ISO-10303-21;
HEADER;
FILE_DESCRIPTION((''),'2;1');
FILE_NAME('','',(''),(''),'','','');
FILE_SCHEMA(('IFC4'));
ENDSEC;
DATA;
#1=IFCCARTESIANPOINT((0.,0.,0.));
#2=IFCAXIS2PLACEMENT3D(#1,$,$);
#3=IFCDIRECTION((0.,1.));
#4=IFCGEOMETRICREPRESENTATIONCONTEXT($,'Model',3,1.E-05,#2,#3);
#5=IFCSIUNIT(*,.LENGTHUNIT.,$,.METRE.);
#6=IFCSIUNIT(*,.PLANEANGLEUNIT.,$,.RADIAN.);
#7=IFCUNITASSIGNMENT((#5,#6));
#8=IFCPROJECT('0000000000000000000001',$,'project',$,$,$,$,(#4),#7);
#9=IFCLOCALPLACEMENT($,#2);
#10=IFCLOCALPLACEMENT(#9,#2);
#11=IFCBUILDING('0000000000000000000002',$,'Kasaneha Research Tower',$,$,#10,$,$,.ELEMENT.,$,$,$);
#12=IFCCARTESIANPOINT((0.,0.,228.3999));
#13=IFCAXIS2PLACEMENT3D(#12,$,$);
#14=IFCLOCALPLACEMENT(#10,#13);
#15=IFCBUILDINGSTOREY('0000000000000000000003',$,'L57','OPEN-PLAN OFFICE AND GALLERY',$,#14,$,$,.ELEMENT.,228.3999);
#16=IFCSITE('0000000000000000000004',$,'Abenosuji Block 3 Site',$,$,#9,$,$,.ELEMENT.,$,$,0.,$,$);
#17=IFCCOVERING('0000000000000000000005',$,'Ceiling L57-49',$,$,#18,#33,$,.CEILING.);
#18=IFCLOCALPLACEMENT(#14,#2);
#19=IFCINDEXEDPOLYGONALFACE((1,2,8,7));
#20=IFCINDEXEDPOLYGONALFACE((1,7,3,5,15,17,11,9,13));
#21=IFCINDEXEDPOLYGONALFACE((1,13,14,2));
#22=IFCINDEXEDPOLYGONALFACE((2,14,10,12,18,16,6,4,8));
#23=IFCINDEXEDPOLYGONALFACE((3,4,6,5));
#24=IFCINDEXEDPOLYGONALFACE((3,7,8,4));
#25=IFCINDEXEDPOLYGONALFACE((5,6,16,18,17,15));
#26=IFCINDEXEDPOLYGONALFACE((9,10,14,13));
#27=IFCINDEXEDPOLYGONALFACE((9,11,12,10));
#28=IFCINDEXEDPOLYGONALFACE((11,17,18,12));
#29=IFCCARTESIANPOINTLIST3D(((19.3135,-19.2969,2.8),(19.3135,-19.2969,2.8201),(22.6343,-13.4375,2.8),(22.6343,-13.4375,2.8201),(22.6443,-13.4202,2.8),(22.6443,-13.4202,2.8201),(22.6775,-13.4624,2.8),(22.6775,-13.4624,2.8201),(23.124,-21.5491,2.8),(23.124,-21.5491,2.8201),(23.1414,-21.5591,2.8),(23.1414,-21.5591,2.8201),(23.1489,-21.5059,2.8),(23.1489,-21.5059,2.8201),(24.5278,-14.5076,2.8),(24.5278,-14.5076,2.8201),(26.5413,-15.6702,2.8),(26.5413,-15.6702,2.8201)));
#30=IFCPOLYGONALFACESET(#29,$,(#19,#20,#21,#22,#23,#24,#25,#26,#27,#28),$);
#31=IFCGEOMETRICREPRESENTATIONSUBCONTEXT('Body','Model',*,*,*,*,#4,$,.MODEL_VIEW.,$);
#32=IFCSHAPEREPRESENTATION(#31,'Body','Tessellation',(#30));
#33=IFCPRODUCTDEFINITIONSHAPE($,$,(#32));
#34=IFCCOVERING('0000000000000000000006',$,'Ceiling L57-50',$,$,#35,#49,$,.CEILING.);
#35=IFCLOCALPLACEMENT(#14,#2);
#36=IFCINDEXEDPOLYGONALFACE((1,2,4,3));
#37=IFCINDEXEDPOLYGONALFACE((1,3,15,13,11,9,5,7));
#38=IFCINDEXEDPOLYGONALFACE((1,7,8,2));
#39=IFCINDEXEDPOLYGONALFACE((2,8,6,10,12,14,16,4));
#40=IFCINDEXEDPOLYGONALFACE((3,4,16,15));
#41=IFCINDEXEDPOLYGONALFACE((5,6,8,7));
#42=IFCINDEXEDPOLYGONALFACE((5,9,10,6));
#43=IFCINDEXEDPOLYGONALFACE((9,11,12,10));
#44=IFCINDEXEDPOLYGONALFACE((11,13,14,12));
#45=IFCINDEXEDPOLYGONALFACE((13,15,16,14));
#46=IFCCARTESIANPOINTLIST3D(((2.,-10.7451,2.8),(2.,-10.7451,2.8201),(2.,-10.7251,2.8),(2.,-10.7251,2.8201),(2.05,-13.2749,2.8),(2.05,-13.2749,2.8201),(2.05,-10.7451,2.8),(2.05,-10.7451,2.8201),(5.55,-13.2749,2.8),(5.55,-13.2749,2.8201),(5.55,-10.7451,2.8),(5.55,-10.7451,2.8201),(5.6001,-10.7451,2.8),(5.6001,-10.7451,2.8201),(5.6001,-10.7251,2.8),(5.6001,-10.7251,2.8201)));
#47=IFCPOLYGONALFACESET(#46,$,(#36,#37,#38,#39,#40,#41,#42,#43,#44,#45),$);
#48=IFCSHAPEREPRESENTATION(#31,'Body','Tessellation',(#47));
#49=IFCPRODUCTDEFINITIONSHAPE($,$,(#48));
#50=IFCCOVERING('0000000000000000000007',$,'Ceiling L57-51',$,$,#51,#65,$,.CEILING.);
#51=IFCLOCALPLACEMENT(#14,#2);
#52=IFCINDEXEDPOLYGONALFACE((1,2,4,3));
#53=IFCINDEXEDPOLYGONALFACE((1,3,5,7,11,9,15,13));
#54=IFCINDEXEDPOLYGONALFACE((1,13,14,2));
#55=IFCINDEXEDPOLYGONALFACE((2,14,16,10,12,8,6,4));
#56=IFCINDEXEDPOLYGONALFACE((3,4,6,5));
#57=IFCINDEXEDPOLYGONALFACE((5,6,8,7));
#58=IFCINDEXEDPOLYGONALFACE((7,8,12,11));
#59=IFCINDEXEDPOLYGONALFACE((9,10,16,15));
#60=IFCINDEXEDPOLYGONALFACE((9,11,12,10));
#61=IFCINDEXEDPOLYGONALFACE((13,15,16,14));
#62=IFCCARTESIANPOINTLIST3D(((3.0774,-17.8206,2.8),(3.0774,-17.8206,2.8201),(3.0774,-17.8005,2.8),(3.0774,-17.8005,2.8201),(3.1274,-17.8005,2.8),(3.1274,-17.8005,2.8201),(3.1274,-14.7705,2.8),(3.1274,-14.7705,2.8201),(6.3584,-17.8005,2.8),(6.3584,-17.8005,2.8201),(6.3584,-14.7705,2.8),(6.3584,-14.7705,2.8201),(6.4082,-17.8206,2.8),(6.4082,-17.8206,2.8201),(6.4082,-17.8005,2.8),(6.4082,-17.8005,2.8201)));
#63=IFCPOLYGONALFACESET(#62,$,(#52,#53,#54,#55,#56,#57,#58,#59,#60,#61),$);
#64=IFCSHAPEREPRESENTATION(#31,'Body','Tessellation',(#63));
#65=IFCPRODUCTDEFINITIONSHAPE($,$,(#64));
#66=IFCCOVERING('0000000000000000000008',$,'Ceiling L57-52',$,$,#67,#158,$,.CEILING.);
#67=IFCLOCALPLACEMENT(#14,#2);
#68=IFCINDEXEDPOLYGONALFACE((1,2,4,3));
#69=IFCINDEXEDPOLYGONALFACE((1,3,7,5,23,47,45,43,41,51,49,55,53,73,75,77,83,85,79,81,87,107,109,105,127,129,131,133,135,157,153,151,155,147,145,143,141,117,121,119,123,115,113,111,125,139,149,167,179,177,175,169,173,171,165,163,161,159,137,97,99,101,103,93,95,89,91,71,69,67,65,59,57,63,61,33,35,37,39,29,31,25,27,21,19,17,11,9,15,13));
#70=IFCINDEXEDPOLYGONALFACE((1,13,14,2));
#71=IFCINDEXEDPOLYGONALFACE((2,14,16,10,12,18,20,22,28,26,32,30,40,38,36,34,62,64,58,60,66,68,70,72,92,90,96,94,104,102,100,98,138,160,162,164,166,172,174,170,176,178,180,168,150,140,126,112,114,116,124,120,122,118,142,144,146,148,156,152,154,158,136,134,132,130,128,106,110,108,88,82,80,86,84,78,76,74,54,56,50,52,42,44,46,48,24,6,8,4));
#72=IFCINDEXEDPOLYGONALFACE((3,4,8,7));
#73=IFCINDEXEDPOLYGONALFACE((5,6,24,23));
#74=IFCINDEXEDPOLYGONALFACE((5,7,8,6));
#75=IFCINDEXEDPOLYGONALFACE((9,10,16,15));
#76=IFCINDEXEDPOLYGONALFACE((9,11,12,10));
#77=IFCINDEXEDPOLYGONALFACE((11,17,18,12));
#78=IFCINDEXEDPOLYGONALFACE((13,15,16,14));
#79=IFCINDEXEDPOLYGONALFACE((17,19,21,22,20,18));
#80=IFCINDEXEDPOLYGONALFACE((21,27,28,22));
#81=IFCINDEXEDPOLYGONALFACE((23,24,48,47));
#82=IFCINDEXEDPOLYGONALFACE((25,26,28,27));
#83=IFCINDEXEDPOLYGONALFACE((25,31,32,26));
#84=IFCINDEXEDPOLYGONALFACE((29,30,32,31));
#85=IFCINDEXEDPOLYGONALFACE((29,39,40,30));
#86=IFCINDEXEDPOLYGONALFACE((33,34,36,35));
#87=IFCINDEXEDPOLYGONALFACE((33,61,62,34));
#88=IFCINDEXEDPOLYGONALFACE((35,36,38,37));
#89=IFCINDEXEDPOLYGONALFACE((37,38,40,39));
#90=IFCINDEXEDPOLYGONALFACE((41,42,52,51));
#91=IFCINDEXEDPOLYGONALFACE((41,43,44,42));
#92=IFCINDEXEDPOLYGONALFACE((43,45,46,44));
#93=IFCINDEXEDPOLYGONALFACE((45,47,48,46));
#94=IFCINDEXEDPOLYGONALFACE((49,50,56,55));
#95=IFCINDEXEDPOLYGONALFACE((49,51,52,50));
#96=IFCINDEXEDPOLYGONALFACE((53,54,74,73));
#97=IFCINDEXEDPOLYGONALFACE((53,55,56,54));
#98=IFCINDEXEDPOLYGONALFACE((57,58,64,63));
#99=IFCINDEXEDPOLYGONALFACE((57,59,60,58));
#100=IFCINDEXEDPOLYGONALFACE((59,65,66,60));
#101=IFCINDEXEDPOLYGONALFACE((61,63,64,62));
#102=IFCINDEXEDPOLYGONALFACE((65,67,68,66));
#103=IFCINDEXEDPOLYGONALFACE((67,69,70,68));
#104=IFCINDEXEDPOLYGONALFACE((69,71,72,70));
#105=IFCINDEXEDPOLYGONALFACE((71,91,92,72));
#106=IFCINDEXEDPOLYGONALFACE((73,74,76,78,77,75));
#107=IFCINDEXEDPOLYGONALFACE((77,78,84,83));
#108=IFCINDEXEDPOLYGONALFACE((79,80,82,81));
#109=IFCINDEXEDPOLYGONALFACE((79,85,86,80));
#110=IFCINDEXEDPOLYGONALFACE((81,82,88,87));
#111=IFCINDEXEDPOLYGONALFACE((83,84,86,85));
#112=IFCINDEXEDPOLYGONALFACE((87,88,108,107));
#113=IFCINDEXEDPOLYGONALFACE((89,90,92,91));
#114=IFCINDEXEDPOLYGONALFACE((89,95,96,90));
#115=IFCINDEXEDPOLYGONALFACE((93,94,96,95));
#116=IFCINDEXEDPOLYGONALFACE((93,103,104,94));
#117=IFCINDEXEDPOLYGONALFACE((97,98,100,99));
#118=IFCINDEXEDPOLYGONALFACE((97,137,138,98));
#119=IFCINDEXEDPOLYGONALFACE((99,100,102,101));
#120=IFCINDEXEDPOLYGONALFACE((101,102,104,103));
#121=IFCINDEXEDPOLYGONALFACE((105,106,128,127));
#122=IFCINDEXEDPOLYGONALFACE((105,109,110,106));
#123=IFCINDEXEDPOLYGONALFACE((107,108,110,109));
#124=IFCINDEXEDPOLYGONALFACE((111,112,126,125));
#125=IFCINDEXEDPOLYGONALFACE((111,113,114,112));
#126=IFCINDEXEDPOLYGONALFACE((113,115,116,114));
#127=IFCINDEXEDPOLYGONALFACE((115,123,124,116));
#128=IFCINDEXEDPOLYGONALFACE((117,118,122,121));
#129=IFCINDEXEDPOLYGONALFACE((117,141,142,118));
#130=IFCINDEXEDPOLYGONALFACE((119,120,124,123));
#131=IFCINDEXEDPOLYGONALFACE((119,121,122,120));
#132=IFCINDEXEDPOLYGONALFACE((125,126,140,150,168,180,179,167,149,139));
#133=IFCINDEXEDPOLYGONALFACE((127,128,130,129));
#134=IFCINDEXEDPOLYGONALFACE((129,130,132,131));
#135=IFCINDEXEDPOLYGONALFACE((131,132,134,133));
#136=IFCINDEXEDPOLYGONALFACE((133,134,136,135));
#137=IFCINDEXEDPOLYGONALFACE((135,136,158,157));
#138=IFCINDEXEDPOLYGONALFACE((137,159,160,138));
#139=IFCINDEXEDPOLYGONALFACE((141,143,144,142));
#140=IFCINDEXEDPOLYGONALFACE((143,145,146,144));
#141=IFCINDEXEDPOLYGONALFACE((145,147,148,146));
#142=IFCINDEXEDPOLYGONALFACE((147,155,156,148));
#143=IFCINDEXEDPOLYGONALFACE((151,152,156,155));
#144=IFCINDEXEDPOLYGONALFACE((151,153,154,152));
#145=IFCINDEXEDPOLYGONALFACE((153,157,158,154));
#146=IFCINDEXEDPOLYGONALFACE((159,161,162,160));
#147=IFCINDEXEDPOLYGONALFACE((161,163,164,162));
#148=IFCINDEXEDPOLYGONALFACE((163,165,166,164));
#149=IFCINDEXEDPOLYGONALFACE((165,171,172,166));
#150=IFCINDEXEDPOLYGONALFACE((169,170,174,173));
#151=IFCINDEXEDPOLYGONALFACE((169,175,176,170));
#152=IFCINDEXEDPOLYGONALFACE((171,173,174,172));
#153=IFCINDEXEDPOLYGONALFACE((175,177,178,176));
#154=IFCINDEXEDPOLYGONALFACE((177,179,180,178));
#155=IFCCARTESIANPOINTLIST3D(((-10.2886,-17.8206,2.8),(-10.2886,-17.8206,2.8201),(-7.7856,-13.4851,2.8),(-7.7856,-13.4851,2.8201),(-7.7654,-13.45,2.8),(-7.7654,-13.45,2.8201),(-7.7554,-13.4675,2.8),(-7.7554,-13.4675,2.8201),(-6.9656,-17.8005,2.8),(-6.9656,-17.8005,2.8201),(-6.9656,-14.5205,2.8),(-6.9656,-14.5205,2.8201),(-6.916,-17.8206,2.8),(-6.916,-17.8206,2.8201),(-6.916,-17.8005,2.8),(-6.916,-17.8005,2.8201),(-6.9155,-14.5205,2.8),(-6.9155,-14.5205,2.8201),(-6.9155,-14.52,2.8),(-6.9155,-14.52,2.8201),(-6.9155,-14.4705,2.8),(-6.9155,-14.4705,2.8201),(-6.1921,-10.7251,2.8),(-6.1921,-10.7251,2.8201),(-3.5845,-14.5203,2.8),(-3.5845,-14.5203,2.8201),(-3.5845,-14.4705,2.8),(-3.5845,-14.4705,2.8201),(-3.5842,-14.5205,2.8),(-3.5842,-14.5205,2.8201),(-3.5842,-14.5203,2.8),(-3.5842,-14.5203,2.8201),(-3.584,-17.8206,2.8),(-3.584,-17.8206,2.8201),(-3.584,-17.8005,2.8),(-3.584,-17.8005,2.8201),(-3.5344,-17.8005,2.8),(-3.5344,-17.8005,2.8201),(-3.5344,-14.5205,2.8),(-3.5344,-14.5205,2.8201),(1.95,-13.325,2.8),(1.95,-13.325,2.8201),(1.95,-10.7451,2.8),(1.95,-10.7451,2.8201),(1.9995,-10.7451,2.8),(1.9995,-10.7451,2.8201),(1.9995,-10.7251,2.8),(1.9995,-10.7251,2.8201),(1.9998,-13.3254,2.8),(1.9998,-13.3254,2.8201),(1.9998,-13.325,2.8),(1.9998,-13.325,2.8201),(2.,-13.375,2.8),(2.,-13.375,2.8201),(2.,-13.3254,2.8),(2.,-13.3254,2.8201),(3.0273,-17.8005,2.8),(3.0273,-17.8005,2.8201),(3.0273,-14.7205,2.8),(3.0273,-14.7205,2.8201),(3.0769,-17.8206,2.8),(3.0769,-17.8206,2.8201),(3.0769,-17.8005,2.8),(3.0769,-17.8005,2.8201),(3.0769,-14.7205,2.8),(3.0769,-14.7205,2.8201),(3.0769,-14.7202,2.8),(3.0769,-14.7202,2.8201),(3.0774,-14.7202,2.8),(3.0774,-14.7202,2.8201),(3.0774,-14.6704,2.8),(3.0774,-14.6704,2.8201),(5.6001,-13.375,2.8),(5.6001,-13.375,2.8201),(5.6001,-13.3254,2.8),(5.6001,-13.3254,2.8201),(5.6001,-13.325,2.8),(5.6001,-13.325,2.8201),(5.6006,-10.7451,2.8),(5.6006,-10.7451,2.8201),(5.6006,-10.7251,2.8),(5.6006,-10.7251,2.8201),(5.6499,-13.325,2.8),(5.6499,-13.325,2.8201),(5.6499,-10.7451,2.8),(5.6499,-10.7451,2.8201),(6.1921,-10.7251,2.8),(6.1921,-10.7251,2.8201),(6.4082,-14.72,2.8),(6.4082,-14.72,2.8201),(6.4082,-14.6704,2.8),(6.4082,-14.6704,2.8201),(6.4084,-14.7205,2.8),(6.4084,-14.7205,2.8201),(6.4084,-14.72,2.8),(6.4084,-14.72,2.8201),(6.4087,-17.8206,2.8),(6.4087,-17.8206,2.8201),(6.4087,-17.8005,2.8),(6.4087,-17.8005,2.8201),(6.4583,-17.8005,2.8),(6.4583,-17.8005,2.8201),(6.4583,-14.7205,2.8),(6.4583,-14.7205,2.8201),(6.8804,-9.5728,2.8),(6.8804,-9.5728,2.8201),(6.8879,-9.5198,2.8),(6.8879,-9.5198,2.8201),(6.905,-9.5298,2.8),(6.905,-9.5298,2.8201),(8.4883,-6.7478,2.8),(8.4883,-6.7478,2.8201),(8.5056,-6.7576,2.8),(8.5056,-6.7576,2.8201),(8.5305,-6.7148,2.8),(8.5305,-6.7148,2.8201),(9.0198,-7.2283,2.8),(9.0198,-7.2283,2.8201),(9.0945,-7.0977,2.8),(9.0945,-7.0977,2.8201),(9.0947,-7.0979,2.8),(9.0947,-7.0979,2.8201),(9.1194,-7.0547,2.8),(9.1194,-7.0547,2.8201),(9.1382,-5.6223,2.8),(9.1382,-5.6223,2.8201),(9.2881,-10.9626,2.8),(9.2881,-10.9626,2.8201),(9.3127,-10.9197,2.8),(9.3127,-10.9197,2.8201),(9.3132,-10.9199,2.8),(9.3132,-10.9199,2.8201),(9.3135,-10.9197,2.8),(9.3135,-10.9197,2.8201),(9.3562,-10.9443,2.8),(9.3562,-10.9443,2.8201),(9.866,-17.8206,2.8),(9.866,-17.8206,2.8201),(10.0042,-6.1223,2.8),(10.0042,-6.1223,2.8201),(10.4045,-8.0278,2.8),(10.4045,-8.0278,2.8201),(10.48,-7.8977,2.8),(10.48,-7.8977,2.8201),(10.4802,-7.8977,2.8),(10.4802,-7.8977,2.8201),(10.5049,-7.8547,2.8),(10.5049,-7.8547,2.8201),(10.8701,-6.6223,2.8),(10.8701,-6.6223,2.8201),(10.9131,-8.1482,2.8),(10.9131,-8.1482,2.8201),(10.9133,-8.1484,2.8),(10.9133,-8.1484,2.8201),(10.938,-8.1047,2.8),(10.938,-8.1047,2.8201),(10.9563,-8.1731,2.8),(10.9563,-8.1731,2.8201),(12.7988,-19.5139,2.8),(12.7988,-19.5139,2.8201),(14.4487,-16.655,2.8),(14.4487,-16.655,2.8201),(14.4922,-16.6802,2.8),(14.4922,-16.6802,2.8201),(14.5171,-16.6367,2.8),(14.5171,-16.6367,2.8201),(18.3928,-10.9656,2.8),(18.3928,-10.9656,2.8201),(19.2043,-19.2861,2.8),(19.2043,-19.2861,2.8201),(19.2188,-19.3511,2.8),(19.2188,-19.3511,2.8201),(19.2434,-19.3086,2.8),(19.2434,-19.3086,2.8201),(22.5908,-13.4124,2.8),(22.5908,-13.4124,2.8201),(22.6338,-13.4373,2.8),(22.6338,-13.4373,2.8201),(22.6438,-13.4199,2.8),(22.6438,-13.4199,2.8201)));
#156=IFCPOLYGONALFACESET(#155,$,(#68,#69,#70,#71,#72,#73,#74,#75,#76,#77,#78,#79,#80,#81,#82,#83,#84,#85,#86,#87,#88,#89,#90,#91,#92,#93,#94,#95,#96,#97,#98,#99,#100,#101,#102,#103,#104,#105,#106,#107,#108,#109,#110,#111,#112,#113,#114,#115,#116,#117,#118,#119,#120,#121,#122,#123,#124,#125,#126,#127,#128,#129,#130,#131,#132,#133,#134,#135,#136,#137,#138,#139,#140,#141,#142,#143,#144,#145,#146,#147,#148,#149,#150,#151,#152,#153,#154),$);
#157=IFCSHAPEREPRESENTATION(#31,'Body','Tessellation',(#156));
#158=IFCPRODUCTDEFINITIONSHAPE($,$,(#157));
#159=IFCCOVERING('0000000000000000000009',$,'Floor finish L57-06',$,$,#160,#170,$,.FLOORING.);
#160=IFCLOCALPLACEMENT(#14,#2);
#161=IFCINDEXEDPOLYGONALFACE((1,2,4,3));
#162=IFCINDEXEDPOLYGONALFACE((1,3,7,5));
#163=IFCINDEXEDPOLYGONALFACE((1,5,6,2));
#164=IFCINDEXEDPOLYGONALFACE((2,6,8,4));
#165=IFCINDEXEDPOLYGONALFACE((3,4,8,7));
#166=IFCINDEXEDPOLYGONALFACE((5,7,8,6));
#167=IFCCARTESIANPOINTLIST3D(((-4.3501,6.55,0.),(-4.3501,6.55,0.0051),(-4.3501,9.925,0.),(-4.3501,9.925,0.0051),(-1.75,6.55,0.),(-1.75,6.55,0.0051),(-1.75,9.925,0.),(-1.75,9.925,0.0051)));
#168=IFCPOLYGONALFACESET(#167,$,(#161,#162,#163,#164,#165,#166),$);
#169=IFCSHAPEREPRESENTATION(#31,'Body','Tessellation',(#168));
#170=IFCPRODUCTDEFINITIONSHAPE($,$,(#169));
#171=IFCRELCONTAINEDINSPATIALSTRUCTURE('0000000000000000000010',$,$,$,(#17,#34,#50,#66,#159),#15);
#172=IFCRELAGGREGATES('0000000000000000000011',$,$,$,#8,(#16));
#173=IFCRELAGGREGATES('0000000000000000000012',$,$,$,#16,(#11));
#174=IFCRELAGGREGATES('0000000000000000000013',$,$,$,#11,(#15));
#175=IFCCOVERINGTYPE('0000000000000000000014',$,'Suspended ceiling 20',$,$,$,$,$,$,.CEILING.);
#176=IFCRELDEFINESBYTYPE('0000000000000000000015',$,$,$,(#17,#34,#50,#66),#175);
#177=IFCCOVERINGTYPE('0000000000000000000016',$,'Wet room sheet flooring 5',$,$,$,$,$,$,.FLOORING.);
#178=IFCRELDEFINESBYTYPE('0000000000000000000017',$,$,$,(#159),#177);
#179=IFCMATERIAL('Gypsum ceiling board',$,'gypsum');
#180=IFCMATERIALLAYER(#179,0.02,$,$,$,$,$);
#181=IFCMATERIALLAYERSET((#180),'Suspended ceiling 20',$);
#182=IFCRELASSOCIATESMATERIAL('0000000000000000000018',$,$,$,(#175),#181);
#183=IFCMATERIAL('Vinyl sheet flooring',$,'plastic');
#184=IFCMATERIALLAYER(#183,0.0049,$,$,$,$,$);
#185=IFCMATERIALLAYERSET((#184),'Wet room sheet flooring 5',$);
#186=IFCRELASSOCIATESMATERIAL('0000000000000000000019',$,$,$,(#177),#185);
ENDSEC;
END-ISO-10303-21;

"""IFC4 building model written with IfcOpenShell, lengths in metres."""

from ifc_helpers import new_model, si_unit, direction, frame, origin, place, context, subcontext, project, spatial, polyline, outline, extrude, material, layer, layer_set, type_object, element, save


model = new_model("IFC4")

# Units and contexts
model_context = context("Model", 3, precision=1e-05, world=origin(), true_north=direction((0.0, 1.0)))
body_context = subcontext(model_context, "Body", "Model", "MODEL_VIEW")
ifc_project = project(units=[si_unit("LENGTHUNIT", "METRE"), si_unit("PLANEANGLEUNIT", "RADIAN")], contexts=[model_context])

# Site, building, storey
site_placement = place(None, origin())
site = spatial("IfcSite", under=ifc_project, at=site_placement, Name="Abenosuji Block 3 Site", CompositionType="ELEMENT", RefElevation=0.0)
building_placement = place(site_placement, origin())
building = spatial("IfcBuilding", under=site, at=building_placement, Name="Kasaneha Research Tower", CompositionType="ELEMENT")
storey_placement = place(building_placement, frame((0.0, 0.0, 228.3999)))
storey = spatial("IfcBuildingStorey", under=building, at=storey_placement, Name="L57", Description="OPEN-PLAN OFFICE AND GALLERY", CompositionType="ELEMENT", Elevation=228.3999)

# Coverings
ifc_material_1 = material(Name="Gypsum ceiling board", Category="gypsum")
ifc_layer_1 = layer(ifc_material_1, 0.02)
ifc_layer_set_1 = layer_set([ifc_layer_1], Name="Suspended ceiling 20")
covering_type_1 = type_object("IfcCoveringType", Name="Suspended ceiling 20", PredefinedType="CEILING", material=ifc_layer_set_1)
covering_1_placement = place(storey_placement, frame((0.0, 0.0, 2.8)))
element("IfcCovering", 1, at=covering_1_placement, inside=storey, type_object=covering_type_1, Name="Ceiling L57-49", PredefinedType="CEILING", context=body_context, shape_type="SweptSolid", body=[
    extrude(outline(polyline([(23.1414, -21.5591), (23.124, -21.5491), (23.1489, -21.5059), (19.3135, -19.2969), (22.6775, -13.4624), (22.6343, -13.4375), (22.6443, -13.4202), (24.5278, -14.5076), (26.5413, -15.6702), (23.1414, -21.5591)])), origin(), (0.0, 0.0, 1.0), 0.02),
])
covering_2_placement = place(storey_placement, frame((0.0, 0.0, 2.8)))
element("IfcCovering", 2, at=covering_2_placement, inside=storey, type_object=covering_type_1, Name="Ceiling L57-50", PredefinedType="CEILING", context=body_context, shape_type="SweptSolid", body=[
    extrude(outline(polyline([(5.6001, -10.7251), (5.6001, -10.7451), (5.55, -10.7451), (5.55, -13.2749), (2.05, -13.2749), (2.05, -10.7451), (2.0, -10.7451), (2.0, -10.7251), (5.6001, -10.7251)])), origin(), (0.0, 0.0, 1.0), 0.02),
])
covering_3_placement = place(storey_placement, frame((0.0, 0.0, 2.8)))
element("IfcCovering", 3, at=covering_3_placement, inside=storey, type_object=covering_type_1, Name="Ceiling L57-51", PredefinedType="CEILING", context=body_context, shape_type="SweptSolid", body=[
    extrude(outline(polyline([(3.0774, -17.8206), (3.0774, -17.8005), (3.1274, -17.8005), (3.1274, -14.7705), (6.3584, -14.7705), (6.3584, -17.8005), (6.4082, -17.8005), (6.4082, -17.8206), (3.0774, -17.8206)])), origin(), (0.0, 0.0, 1.0), 0.02),
])
covering_4_placement = place(storey_placement, frame((0.0, 0.0, 2.8)))
element("IfcCovering", 4, at=covering_4_placement, inside=storey, type_object=covering_type_1, Name="Ceiling L57-52", PredefinedType="CEILING", context=body_context, shape_type="SweptSolid", body=[
    extrude(outline(polyline([(1.9995, -10.7451), (1.95, -10.7451), (1.95, -13.325), (1.9998, -13.325), (1.9998, -13.3254), (2.0, -13.3254), (2.0, -13.375), (5.6001, -13.375), (5.6001, -13.3254), (5.6001, -13.3254), (5.6001, -13.325), (5.6499, -13.325), (5.6499, -10.7451), (5.6006, -10.7451), (5.6006, -10.7251), (6.1921, -10.7251), (6.8879, -9.5198), (6.905, -9.5298), (6.8804, -9.5728), (9.2881, -10.9626), (9.3127, -10.9197), (9.3132, -10.9199), (9.3135, -10.9197), (9.3562, -10.9443), (10.9563, -8.1731), (10.9133, -8.1484), (10.9133, -8.1484), (10.9131, -8.1482), (10.938, -8.1047), (10.5049, -7.8547), (10.4802, -7.8977), (10.48, -7.8977), (10.4045, -8.0278), (9.0198, -7.2283), (9.0947, -7.0979), (9.0945, -7.0977), (9.1194, -7.0547), (8.5305, -6.7148), (8.5056, -6.7576), (8.4883, -6.7478), (9.1382, -5.6223), (10.0042, -6.1223), (10.0042, -6.1223), (10.8701, -6.6223), (10.8701, -6.6223), (18.3928, -10.9656), (22.6438, -13.4199), (22.6338, -13.4373), (22.5908, -13.4124), (19.2043, -19.2861), (19.2434, -19.3086), (19.2188, -19.3511), (14.5171, -16.6367), (14.4922, -16.6802), (14.4487, -16.655), (12.7988, -19.5139), (9.866, -17.8206), (6.4087, -17.8206), (6.4087, -17.8005), (6.4583, -17.8005), (6.4583, -14.7205), (6.4084, -14.7205), (6.4084, -14.72), (6.4082, -14.72), (6.4082, -14.6704), (3.0774, -14.6704), (3.0774, -14.7202), (3.0769, -14.7202), (3.0769, -14.7205), (3.0273, -14.7205), (3.0273, -17.8005), (3.0769, -17.8005), (3.0769, -17.8206), (-3.584, -17.8206), (-3.584, -17.8005), (-3.5344, -17.8005), (-3.5344, -14.5205), (-3.5842, -14.5205), (-3.5842, -14.5203), (-3.5845, -14.5203), (-3.5845, -14.4705), (-6.9155, -14.4705), (-6.9155, -14.52), (-6.9155, -14.52), (-6.9155, -14.5205), (-6.9656, -14.5205), (-6.9656, -17.8005), (-6.916, -17.8005), (-6.916, -17.8206), (-10.2886, -17.8206), (-7.7856, -13.4851), (-7.7554, -13.4675), (-7.7654, -13.45), (-6.1921, -10.7251), (1.9995, -10.7251), (1.9995, -10.7451)])), origin(), (0.0, 0.0, 1.0), 0.02),
])
ifc_material_2 = material(Name="Vinyl sheet flooring", Category="plastic")
ifc_layer_2 = layer(ifc_material_2, 0.0049)
ifc_layer_set_2 = layer_set([ifc_layer_2], Name="Wet room sheet flooring 5")
covering_type_2 = type_object("IfcCoveringType", Name="Wet room sheet flooring 5", PredefinedType="FLOORING", material=ifc_layer_set_2)
covering_5_placement = place(storey_placement, origin())
element("IfcCovering", 5, at=covering_5_placement, inside=storey, type_object=covering_type_2, Name="Floor finish L57-06", PredefinedType="FLOORING", context=body_context, shape_type="SweptSolid", body=[
    extrude(outline(polyline([(-1.75, 9.925), (-1.75, 6.55), (-4.3501, 6.55), (-4.3501, 9.925), (-1.75, 9.925)])), origin(), (0.0, 0.0, 1.0), 0.0051),
])

save(model, "model.ifc")
